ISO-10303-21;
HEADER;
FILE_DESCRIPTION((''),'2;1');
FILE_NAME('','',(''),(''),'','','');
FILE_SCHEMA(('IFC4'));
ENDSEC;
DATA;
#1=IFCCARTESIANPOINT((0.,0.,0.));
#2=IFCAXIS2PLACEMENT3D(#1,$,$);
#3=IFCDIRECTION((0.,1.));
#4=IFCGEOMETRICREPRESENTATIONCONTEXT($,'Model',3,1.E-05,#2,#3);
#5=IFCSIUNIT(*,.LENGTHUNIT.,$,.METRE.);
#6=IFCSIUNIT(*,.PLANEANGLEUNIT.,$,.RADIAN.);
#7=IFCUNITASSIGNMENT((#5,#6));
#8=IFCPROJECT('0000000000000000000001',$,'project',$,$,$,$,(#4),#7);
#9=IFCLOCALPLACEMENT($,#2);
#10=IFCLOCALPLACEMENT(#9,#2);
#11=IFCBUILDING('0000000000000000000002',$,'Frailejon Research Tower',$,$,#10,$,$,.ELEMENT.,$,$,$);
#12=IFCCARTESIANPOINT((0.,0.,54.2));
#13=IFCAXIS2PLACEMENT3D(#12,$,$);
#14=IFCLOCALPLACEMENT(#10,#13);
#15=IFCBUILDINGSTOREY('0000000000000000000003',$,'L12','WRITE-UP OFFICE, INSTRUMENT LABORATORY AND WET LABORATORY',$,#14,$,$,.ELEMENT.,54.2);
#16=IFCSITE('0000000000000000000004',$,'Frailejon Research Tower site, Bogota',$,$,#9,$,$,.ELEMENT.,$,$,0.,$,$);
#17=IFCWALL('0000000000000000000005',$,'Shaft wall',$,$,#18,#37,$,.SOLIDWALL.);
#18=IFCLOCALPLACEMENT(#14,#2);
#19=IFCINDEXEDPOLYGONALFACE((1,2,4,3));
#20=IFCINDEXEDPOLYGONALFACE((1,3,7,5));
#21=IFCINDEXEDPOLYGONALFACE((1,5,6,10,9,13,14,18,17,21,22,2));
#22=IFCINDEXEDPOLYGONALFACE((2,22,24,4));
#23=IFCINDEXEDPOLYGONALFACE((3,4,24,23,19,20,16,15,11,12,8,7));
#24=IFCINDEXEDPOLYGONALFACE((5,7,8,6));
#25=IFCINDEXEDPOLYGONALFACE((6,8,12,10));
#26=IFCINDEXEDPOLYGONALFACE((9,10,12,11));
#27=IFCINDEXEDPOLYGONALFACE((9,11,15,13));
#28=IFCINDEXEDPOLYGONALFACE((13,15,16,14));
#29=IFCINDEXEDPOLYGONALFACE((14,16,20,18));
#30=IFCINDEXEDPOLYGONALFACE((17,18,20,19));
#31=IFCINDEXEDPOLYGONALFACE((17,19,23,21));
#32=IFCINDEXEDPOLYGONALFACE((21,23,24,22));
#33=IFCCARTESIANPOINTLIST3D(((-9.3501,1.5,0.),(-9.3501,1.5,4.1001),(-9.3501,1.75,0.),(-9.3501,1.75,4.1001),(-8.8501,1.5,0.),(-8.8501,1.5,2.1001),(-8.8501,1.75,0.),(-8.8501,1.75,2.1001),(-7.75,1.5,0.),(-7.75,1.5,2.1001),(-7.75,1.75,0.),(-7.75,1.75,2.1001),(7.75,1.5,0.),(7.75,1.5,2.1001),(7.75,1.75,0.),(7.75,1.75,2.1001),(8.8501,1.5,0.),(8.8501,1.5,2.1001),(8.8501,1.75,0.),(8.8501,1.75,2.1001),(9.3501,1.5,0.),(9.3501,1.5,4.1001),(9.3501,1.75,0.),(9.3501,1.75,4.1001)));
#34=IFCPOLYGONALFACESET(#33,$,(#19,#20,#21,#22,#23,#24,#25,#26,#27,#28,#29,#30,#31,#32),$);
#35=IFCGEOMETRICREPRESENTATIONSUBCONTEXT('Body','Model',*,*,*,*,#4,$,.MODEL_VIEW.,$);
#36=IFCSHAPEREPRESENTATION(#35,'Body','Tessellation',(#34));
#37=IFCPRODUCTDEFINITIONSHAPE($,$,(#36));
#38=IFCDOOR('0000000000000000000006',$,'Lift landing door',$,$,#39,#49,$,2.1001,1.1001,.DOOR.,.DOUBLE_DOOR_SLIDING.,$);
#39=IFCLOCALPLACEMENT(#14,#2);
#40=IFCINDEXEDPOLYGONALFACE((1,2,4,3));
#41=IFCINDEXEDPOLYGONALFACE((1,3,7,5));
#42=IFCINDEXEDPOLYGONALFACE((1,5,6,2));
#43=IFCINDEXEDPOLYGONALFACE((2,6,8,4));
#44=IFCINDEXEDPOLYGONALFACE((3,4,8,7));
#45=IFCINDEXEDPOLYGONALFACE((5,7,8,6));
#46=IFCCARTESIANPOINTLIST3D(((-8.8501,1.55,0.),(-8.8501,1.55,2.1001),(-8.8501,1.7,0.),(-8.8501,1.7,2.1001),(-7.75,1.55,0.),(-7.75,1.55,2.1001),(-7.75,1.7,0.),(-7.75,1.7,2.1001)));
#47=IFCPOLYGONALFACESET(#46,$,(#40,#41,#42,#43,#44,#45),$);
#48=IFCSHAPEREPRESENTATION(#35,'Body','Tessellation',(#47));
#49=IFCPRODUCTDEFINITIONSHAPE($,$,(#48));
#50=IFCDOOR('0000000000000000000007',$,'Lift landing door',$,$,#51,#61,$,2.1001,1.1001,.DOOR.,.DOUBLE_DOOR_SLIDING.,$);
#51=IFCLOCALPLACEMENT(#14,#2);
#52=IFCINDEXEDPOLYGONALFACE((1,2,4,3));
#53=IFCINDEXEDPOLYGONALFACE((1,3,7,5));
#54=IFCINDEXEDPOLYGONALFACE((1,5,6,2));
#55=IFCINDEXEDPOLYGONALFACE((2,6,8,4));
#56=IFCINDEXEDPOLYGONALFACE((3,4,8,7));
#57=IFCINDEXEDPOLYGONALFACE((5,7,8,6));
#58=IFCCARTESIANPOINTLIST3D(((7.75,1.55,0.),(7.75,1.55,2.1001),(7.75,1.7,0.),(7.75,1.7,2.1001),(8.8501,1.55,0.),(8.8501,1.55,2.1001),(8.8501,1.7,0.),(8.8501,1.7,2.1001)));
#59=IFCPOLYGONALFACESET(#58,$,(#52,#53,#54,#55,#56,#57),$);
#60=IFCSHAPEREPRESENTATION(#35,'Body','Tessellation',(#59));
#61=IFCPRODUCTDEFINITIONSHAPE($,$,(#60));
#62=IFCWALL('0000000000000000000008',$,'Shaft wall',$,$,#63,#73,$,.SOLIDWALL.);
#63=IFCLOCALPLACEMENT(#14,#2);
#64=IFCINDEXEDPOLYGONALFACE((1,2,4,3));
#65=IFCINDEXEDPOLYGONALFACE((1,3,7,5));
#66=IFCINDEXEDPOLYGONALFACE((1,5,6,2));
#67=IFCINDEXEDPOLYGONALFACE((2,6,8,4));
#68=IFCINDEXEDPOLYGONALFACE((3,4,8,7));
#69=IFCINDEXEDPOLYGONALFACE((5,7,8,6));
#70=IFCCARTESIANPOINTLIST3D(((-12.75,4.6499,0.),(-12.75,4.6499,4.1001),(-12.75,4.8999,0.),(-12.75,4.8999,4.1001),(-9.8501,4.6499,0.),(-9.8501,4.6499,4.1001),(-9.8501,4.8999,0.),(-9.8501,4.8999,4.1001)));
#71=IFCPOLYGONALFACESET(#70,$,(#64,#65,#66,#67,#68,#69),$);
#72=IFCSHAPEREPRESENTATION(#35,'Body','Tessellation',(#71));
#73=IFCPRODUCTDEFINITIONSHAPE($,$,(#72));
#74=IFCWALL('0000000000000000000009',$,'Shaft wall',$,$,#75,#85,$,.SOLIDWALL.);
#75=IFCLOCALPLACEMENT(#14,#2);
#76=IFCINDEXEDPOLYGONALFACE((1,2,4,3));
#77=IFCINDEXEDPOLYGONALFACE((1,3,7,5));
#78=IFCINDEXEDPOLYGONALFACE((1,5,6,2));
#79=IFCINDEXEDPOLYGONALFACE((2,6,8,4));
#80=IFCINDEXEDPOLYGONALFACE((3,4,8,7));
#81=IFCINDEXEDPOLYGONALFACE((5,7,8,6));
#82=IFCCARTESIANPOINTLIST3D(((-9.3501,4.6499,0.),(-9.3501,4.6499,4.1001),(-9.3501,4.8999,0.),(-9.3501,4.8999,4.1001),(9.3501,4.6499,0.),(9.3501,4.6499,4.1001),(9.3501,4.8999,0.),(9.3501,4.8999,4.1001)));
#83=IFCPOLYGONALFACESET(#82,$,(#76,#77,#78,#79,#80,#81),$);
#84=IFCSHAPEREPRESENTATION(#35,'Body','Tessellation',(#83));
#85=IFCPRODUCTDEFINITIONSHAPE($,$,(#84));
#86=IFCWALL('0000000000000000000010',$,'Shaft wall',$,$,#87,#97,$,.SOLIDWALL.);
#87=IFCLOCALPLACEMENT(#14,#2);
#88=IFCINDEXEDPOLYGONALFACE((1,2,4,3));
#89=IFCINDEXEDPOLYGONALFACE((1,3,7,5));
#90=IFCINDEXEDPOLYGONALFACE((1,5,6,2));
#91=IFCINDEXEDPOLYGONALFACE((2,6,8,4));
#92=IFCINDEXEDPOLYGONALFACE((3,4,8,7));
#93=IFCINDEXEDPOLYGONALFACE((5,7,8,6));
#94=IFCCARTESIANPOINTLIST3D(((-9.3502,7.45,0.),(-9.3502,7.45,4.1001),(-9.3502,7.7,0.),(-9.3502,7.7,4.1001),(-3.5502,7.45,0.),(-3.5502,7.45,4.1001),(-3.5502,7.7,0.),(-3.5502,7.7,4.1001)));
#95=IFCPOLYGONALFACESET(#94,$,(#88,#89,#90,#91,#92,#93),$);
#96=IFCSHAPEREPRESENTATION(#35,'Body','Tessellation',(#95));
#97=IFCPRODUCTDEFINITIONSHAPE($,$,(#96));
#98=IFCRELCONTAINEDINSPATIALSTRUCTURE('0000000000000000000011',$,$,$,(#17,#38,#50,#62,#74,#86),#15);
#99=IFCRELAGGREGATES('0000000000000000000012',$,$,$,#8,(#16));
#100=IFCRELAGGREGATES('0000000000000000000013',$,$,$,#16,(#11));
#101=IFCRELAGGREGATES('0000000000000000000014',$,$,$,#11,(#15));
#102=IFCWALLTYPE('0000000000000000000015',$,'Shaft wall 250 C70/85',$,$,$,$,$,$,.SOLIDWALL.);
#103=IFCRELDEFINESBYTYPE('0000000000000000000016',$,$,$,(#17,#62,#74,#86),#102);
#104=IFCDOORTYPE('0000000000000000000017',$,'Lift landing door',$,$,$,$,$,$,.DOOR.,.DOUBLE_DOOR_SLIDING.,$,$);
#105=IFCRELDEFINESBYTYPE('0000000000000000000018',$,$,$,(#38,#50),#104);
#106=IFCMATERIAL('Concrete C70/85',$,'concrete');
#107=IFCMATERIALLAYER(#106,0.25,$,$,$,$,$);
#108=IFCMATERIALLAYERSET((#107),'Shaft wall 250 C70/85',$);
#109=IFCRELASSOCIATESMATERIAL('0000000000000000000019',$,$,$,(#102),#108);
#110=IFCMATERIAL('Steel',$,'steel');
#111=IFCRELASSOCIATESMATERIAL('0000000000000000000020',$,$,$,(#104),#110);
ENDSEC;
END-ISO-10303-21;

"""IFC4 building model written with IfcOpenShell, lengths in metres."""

from ifc_helpers import new_model, si_unit, direction, frame, frame_2d, origin, place, context, subcontext, project, spatial, rectangle, extrude, material, layer, layer_set, type_object, element, fill, save


model = new_model("IFC4")

# Units and contexts
model_context = context("Model", 3, precision=1e-05, world=origin(), true_north=direction((0.0, 1.0)))
body_context = subcontext(model_context, "Body", "Model", "MODEL_VIEW")
ifc_project = project(units=[si_unit("LENGTHUNIT", "METRE"), si_unit("PLANEANGLEUNIT", "RADIAN")], contexts=[model_context])

# Site, building, storey
site_placement = place(None, origin())
site = spatial("IfcSite", under=ifc_project, at=site_placement, Name="Frailejon Research Tower site, Bogota", CompositionType="ELEMENT", RefElevation=0.0)
building_placement = place(site_placement, origin())
building = spatial("IfcBuilding", under=site, at=building_placement, Name="Frailejon Research Tower", CompositionType="ELEMENT")
storey_placement = place(building_placement, frame((0.0, 0.0, 54.2)))
storey = spatial("IfcBuildingStorey", under=building, at=storey_placement, Name="L12", Description="WRITE-UP OFFICE, INSTRUMENT LABORATORY AND WET LABORATORY", CompositionType="ELEMENT", Elevation=54.2)

# Shared definitions
ifc_material_1 = material(Name="Concrete C70/85", Category="concrete")
ifc_layer_1 = layer(ifc_material_1, 0.25)
ifc_layer_set_1 = layer_set([ifc_layer_1], Name="Shaft wall 250 C70/85")
wall_type_1 = type_object("IfcWallType", Name="Shaft wall 250 C70/85", PredefinedType="SOLIDWALL", material=ifc_layer_set_1)
ifc_material_2 = material(Name="Steel", Category="steel")
door_type_1 = type_object("IfcDoorType", Name="Lift landing door", OperationType="DOUBLE_DOOR_SLIDING", PredefinedType="DOOR", material=ifc_material_2)

# Wall, openings, doors
wall_1_placement = place(storey_placement, frame((-9.3501, 1.625, 0.0), z_axis=(0.0, 0.0, 1.0), x_axis=(1.0, 0.0, 0.0)))
wall_1 = element("IfcWall", 1, at=wall_1_placement, inside=storey, type_object=wall_type_1, Name="Shaft wall", PredefinedType="SOLIDWALL", context=body_context, shape_type="SweptSolid", body=[
    extrude(rectangle(XDim=18.7002, YDim=0.25, at=frame_2d((9.3501, 0.0))), origin(), (0.0, 0.0, 1.0), 4.1001),
])
opening_1_placement = place(wall_1_placement, frame((0.5, 0.0, 0.0)))
opening_1 = element("IfcOpeningElement", 2, at=opening_1_placement, cuts=wall_1, PredefinedType="OPENING", context=body_context, shape_type="SweptSolid", body=[
    extrude(rectangle(XDim=1.1001, YDim=2.1001, at=frame_2d((0.55, 1.05))), frame((0.0, 0.135, 0.0), z_axis=(0.0, -1.0, 0.0), x_axis=(1.0, 0.0, 0.0)), (0.0, 0.0, 1.0), 0.27),
])
opening_2_placement = place(wall_1_placement, frame((17.1001, 0.0, 0.0)))
opening_2 = element("IfcOpeningElement", 3, at=opening_2_placement, cuts=wall_1, PredefinedType="OPENING", context=body_context, shape_type="SweptSolid", body=[
    extrude(rectangle(XDim=1.1001, YDim=2.1001, at=frame_2d((0.55, 1.05))), frame((0.0, 0.135, 0.0), z_axis=(0.0, -1.0, 0.0), x_axis=(1.0, 0.0, 0.0)), (0.0, 0.0, 1.0), 0.27),
])
door_1_placement = place(opening_1_placement, origin())
door_1 = element("IfcDoor", 4, at=door_1_placement, inside=storey, type_object=door_type_1, Name="Lift landing door", OperationType="DOUBLE_DOOR_SLIDING", OverallHeight=2.1001, OverallWidth=1.1001, PredefinedType="DOOR", context=body_context, shape_type="SweptSolid", body=[
    extrude(rectangle(XDim=1.1001, YDim=2.1001, at=frame_2d((0.55, 1.05))), frame((0.0, 0.075, 0.0), z_axis=(0.0, -1.0, 0.0), x_axis=(1.0, 0.0, 0.0)), (0.0, 0.0, 1.0), 0.1499),
])
fill(opening_1, door_1)
door_2_placement = place(opening_2_placement, origin())
door_2 = element("IfcDoor", 5, at=door_2_placement, inside=storey, type_object=door_type_1, Name="Lift landing door", OperationType="DOUBLE_DOOR_SLIDING", OverallHeight=2.1001, OverallWidth=1.1001, PredefinedType="DOOR", context=body_context, shape_type="SweptSolid", body=[
    extrude(rectangle(XDim=1.1001, YDim=2.1001, at=frame_2d((0.55, 1.05))), frame((0.0, 0.075, 0.0), z_axis=(0.0, -1.0, 0.0), x_axis=(1.0, 0.0, 0.0)), (0.0, 0.0, 1.0), 0.1499),
])
fill(opening_2, door_2)

# Walls
wall_2_placement = place(storey_placement, frame((-12.75, 4.7749, 0.0), z_axis=(0.0, 0.0, 1.0), x_axis=(1.0, 0.0, 0.0)))
element("IfcWall", 6, at=wall_2_placement, inside=storey, type_object=wall_type_1, Name="Shaft wall", PredefinedType="SOLIDWALL", context=body_context, shape_type="SweptSolid", body=[
    extrude(rectangle(XDim=2.8999, YDim=0.25, at=frame_2d((1.45, 0.0))), origin(), (0.0, 0.0, 1.0), 4.1001),
])
wall_3_placement = place(storey_placement, frame((-9.3501, 4.7749, 0.0), z_axis=(0.0, 0.0, 1.0), x_axis=(1.0, 0.0, 0.0)))
element("IfcWall", 7, at=wall_3_placement, inside=storey, type_object=wall_type_1, Name="Shaft wall", PredefinedType="SOLIDWALL", context=body_context, shape_type="SweptSolid", body=[
    extrude(rectangle(XDim=18.7002, YDim=0.25, at=frame_2d((9.3501, 0.0))), origin(), (0.0, 0.0, 1.0), 4.1001),
])
wall_4_placement = place(storey_placement, frame((-9.3501, 7.575, 0.0), z_axis=(0.0, 0.0, 1.0), x_axis=(1.0, 0.0, 0.0)))
element("IfcWall", 8, at=wall_4_placement, inside=storey, type_object=wall_type_1, Name="Shaft wall", PredefinedType="SOLIDWALL", context=body_context, shape_type="SweptSolid", body=[
    extrude(rectangle(XDim=5.8, YDim=0.25, at=frame_2d((2.8999, 0.0))), origin(), (0.0, 0.0, 1.0), 4.1001),
])

save(model, "model.ifc")
